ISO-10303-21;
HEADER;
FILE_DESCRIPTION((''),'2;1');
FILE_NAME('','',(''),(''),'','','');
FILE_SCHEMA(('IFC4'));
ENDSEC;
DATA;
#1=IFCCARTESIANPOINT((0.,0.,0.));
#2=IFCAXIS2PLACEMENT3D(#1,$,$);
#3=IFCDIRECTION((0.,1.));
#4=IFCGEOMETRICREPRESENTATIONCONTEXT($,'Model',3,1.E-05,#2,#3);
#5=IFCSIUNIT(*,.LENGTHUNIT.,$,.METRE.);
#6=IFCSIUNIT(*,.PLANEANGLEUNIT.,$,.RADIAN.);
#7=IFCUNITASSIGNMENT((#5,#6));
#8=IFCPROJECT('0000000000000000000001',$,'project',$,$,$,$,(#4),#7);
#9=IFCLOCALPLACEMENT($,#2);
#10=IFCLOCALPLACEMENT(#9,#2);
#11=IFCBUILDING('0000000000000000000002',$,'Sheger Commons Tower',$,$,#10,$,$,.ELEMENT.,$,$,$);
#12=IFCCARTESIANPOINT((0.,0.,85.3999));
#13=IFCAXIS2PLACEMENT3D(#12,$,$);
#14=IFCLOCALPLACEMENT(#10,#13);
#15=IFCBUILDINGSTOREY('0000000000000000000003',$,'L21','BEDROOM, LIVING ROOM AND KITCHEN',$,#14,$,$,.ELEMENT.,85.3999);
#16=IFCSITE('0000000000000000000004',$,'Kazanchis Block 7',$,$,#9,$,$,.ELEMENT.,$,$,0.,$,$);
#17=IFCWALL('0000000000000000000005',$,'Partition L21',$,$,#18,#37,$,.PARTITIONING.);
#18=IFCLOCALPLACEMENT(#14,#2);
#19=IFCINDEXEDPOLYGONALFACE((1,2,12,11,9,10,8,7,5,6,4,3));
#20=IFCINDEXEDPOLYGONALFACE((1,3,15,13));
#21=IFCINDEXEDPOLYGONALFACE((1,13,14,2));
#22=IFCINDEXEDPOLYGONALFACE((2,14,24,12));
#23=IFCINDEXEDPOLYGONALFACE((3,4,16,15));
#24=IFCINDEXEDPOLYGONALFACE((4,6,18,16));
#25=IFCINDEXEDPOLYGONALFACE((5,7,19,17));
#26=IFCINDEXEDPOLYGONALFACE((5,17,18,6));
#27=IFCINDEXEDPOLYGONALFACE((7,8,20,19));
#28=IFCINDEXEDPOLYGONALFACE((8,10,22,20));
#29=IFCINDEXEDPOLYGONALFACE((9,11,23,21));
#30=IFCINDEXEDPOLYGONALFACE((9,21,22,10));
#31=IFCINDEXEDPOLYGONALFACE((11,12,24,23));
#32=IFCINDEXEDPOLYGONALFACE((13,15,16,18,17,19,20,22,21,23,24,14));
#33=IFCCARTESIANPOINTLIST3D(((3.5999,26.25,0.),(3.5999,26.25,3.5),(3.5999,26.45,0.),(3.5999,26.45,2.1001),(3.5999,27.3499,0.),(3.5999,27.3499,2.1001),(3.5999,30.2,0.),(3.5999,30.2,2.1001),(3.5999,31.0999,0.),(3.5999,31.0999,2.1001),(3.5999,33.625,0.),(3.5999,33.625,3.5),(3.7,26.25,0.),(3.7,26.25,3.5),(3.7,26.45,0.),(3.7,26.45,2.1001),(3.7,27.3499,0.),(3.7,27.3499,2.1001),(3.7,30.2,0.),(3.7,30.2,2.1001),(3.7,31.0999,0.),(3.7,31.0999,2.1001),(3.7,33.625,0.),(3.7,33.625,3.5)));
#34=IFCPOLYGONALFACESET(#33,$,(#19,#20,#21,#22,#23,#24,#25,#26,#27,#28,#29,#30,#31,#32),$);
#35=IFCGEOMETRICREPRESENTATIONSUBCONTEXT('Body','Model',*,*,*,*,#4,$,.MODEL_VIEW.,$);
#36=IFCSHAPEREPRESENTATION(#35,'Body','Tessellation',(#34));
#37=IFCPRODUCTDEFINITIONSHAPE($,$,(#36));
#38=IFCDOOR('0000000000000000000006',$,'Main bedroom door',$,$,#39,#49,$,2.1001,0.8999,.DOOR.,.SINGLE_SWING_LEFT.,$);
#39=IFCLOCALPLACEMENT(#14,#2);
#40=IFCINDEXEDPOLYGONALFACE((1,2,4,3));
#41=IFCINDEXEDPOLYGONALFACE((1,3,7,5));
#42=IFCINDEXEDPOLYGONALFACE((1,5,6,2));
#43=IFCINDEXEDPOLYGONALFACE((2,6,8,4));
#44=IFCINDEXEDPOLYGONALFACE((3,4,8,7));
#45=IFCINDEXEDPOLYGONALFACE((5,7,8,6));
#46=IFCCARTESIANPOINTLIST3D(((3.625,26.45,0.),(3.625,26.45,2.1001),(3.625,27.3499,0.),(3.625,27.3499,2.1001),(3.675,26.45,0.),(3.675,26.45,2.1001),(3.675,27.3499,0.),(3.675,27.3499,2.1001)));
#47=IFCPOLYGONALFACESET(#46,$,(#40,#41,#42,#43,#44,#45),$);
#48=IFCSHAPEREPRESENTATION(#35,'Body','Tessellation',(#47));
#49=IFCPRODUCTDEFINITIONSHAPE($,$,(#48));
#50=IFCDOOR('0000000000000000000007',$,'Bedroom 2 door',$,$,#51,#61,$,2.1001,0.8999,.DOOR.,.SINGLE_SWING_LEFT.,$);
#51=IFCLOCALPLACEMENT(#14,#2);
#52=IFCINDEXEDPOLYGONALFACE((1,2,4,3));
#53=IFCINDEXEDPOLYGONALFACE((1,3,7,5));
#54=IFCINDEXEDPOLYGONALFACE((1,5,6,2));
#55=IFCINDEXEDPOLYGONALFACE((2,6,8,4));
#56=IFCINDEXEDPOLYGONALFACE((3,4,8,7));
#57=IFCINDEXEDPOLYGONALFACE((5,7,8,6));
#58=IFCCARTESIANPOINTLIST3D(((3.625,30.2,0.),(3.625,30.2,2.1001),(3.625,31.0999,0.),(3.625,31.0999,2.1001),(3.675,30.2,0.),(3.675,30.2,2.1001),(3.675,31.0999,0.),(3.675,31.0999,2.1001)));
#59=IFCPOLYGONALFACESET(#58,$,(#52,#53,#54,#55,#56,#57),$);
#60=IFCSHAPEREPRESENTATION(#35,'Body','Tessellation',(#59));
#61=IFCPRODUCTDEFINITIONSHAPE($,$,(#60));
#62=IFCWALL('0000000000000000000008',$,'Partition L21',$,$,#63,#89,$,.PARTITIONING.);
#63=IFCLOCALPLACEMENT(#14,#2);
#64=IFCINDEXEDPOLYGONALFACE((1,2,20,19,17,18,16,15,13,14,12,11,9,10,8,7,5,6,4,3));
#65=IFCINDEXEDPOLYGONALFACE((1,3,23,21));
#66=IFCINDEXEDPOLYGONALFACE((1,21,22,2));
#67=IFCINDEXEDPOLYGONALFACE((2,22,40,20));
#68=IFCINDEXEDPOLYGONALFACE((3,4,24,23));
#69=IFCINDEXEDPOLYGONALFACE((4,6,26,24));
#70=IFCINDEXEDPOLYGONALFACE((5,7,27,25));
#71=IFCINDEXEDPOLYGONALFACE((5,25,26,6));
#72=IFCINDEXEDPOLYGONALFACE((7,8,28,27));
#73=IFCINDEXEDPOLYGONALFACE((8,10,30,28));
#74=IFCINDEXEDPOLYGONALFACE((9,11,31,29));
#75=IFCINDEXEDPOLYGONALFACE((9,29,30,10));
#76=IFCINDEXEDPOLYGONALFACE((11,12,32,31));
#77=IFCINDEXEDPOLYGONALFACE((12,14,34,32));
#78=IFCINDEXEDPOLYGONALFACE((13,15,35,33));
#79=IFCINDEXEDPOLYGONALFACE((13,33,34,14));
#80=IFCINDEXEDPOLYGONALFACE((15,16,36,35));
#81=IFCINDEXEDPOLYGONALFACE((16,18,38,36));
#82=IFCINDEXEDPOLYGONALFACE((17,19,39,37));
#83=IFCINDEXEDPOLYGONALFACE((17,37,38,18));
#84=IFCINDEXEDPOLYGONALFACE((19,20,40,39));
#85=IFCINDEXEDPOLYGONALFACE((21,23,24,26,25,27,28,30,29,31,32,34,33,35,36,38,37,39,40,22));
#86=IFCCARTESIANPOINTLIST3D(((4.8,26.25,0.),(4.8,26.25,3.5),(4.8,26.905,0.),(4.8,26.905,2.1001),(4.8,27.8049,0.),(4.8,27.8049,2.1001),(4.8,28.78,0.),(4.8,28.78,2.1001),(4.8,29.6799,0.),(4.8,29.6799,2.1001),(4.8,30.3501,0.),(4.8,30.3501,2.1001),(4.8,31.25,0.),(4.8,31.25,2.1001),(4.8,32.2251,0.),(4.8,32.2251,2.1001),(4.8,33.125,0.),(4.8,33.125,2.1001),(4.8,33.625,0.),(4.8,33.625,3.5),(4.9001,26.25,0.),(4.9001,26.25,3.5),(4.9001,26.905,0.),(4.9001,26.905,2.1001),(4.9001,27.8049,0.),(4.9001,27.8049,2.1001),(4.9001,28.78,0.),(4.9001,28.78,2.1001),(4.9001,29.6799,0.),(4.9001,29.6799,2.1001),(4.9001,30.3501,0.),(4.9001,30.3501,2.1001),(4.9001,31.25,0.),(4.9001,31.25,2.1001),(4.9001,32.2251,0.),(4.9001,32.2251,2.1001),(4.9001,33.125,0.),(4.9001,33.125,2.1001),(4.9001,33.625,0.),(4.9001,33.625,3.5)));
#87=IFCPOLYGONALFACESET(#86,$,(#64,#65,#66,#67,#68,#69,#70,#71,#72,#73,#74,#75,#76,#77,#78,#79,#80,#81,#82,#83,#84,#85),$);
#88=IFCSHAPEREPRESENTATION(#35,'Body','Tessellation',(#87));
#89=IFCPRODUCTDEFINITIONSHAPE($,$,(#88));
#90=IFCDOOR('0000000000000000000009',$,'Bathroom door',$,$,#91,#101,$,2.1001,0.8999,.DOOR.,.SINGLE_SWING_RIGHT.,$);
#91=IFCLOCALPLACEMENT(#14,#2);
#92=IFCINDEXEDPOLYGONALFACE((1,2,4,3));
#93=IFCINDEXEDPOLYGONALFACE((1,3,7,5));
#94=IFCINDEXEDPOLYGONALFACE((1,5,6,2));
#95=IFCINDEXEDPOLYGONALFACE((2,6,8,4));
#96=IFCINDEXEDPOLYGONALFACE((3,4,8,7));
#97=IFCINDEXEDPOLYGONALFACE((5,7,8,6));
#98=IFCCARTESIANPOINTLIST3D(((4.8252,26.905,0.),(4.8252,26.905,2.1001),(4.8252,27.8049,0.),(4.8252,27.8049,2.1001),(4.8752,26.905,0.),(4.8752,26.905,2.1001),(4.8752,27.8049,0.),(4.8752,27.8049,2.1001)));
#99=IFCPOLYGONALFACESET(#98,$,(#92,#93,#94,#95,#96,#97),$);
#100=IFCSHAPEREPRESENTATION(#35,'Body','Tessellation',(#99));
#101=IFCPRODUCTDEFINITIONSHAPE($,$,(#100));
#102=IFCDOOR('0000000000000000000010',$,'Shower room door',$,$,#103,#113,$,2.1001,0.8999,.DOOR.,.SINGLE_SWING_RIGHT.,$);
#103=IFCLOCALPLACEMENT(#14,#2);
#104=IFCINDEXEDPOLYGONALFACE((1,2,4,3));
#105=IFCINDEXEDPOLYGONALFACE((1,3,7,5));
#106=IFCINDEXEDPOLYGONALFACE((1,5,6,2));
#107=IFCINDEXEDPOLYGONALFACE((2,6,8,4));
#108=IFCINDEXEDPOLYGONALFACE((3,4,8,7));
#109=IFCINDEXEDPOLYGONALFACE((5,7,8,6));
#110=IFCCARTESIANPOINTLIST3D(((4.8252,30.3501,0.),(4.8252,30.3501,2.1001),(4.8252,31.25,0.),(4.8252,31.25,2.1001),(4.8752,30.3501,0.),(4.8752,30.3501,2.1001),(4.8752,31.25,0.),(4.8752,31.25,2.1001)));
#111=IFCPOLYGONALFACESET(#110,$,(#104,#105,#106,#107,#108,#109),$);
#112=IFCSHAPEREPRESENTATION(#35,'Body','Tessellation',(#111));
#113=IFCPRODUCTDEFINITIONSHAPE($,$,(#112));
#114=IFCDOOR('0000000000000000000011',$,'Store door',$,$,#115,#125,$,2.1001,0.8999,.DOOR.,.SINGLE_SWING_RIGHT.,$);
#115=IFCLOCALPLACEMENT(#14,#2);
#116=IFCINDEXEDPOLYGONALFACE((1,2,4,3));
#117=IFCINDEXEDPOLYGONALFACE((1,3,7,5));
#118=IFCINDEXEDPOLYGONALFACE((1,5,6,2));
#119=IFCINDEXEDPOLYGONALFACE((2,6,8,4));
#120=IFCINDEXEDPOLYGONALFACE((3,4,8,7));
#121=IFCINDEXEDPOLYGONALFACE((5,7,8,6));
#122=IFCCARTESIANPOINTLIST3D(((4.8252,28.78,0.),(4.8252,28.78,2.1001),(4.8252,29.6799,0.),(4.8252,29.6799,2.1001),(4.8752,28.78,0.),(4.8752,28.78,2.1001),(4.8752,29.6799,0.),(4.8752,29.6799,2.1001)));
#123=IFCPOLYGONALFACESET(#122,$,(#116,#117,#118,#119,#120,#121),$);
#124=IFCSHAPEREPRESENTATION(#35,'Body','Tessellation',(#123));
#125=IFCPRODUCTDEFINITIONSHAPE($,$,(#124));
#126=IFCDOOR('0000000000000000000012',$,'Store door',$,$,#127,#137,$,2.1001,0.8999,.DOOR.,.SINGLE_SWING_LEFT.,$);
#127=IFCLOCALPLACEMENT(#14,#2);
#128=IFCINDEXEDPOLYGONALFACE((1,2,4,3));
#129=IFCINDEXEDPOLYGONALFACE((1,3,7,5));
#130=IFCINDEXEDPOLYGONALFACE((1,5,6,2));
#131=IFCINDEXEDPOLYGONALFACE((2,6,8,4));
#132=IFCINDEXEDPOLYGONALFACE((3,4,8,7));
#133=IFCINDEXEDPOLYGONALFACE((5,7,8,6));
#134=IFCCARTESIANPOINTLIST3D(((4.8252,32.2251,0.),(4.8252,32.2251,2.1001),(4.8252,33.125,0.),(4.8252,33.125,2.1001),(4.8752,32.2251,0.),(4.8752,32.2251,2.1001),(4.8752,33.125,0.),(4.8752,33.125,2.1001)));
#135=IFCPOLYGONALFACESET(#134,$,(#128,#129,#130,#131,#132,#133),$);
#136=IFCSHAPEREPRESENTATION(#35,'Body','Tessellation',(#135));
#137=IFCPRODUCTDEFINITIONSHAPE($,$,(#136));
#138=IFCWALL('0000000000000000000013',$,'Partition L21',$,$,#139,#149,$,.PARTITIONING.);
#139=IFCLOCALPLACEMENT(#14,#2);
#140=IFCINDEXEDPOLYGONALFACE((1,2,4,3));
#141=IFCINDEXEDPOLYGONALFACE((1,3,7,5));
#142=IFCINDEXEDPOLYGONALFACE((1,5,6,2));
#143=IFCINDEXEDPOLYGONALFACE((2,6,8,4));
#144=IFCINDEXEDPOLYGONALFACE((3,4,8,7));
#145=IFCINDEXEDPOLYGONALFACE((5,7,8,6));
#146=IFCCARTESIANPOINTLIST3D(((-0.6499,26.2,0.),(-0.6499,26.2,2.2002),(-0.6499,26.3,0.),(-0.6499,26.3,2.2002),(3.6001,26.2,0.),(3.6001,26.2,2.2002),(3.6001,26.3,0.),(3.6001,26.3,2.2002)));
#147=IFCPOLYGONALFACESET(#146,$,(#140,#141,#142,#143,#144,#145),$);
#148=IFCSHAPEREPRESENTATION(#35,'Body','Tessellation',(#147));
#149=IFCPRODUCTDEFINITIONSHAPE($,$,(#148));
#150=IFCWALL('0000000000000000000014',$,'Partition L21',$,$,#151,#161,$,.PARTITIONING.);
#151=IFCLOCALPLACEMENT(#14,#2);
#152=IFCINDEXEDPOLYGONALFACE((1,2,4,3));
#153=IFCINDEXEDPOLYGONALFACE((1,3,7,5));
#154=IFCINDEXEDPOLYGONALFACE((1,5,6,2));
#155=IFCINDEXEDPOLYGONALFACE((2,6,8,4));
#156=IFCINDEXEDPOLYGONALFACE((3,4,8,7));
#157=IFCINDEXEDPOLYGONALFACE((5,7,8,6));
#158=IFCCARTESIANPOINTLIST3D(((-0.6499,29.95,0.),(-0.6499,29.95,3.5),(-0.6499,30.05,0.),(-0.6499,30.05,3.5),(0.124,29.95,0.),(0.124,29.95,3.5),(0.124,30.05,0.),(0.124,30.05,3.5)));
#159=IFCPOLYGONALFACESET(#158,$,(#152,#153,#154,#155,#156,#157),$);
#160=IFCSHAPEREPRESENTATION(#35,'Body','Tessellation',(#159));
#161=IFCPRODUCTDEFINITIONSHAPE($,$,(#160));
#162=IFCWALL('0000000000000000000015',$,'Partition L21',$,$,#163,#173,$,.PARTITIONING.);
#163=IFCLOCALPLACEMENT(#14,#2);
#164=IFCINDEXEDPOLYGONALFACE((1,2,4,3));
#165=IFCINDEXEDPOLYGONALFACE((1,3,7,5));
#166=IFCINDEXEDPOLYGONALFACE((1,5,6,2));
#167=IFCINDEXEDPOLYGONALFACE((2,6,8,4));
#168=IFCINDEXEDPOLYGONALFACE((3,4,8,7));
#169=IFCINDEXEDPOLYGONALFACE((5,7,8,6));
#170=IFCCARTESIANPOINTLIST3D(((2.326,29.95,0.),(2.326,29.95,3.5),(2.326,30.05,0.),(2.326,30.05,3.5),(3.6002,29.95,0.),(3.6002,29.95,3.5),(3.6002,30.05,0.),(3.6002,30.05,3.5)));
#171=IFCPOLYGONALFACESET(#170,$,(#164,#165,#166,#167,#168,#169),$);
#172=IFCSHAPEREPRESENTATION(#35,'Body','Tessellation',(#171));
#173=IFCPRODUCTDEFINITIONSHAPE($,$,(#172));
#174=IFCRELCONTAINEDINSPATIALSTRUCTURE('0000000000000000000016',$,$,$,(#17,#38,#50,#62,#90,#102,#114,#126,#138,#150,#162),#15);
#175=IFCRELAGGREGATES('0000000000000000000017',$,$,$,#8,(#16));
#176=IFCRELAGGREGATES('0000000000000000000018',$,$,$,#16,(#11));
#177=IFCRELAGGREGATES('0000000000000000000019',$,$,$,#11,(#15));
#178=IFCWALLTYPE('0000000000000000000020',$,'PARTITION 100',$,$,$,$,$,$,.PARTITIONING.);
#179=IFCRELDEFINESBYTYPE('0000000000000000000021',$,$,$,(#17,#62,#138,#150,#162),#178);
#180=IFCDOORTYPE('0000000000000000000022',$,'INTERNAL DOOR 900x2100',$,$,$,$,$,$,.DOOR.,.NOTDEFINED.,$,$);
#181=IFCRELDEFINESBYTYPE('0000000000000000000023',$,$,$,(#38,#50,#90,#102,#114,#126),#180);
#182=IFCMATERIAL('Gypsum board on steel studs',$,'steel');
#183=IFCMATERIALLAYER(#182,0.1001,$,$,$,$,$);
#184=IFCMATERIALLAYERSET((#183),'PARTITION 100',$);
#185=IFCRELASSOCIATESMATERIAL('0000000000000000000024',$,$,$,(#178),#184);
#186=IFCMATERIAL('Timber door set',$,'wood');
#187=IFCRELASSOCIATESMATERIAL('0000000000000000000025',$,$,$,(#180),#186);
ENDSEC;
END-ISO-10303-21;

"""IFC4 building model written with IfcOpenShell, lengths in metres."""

from ifc_helpers import new_model, si_unit, direction, frame, frame_2d, origin, place, context, subcontext, project, spatial, rectangle, extrude, material, layer, layer_set, type_object, element, fill, save


model = new_model("IFC4")

# Units and contexts
model_context = context("Model", 3, precision=1e-05, world=origin(), true_north=direction((0.0, 1.0)))
body_context = subcontext(model_context, "Body", "Model", "MODEL_VIEW")
ifc_project = project(units=[si_unit("LENGTHUNIT", "METRE"), si_unit("PLANEANGLEUNIT", "RADIAN")], contexts=[model_context])

# Site, building, storey
site_placement = place(None, origin())
site = spatial("IfcSite", under=ifc_project, at=site_placement, Name="Kazanchis Block 7", CompositionType="ELEMENT", RefElevation=0.0)
building_placement = place(site_placement, origin())
building = spatial("IfcBuilding", under=site, at=building_placement, Name="Sheger Commons Tower", CompositionType="ELEMENT")
storey_placement = place(building_placement, frame((0.0, 0.0, 85.3999)))
storey = spatial("IfcBuildingStorey", under=building, at=storey_placement, Name="L21", Description="BEDROOM, LIVING ROOM AND KITCHEN", CompositionType="ELEMENT", Elevation=85.3999)

# Shared definitions
ifc_material_1 = material(Name="Gypsum board on steel studs", Category="steel")
ifc_layer_1 = layer(ifc_material_1, 0.1001)
ifc_layer_set_1 = layer_set([ifc_layer_1], Name="PARTITION 100")
wall_type_1 = type_object("IfcWallType", Name="PARTITION 100", PredefinedType="PARTITIONING", material=ifc_layer_set_1)

# Walls, openings, doors
wall_1_placement = place(storey_placement, frame((3.6499, 26.25, 0.0), z_axis=(0.0, 0.0, 1.0), x_axis=(0.0, 1.0, 0.0)))
wall_1 = element("IfcWall", 1, at=wall_1_placement, inside=storey, type_object=wall_type_1, Name="Partition L21", PredefinedType="PARTITIONING", context=body_context, shape_type="SweptSolid", body=[
    extrude(rectangle(XDim=7.375, YDim=0.1001, at=frame_2d((3.6875, 0.0))), origin(), (0.0, 0.0, 1.0), 3.5),
])
opening_1_placement = place(wall_1_placement, frame((0.2, 0.0, 0.0)))
opening_1 = element("IfcOpeningElement", 2, at=opening_1_placement, cuts=wall_1, PredefinedType="OPENING", context=body_context, shape_type="SweptSolid", body=[
    extrude(rectangle(XDim=0.8999, YDim=2.1001, at=frame_2d((0.45, 1.05))), frame((0.0, 0.0601, 0.0), z_axis=(0.0, -1.0, 0.0), x_axis=(1.0, 0.0, 0.0)), (0.0, 0.0, 1.0), 0.1201),
])
opening_2_placement = place(wall_1_placement, frame((3.95, 0.0, 0.0)))
opening_2 = element("IfcOpeningElement", 3, at=opening_2_placement, cuts=wall_1, PredefinedType="OPENING", context=body_context, shape_type="SweptSolid", body=[
    extrude(rectangle(XDim=0.8999, YDim=2.1001, at=frame_2d((0.45, 1.05))), frame((0.0, 0.0601, 0.0), z_axis=(0.0, -1.0, 0.0), x_axis=(1.0, 0.0, 0.0)), (0.0, 0.0, 1.0), 0.1201),
])
ifc_material_2 = material(Name="Timber door set", Category="wood")
door_type = type_object("IfcDoorType", Name="INTERNAL DOOR 900x2100", OperationType="NOTDEFINED", PredefinedType="DOOR", material=ifc_material_2)
door_1_placement = place(opening_1_placement, origin())
door_1 = element("IfcDoor", 4, at=door_1_placement, inside=storey, type_object=door_type, Name="Main bedroom door", OperationType="SINGLE_SWING_LEFT", OverallHeight=2.1001, OverallWidth=0.8999, PredefinedType="DOOR", context=body_context, shape_type="SweptSolid", body=[
    extrude(rectangle(XDim=0.8999, YDim=2.1001, at=frame_2d((0.45, 1.05))), frame((0.0, 0.0249, 0.0), z_axis=(0.0, -1.0, 0.0), x_axis=(1.0, 0.0, 0.0)), (0.0, 0.0, 1.0), 0.05),
])
fill(opening_1, door_1)
door_2_placement = place(opening_2_placement, origin())
door_2 = element("IfcDoor", 5, at=door_2_placement, inside=storey, type_object=door_type, Name="Bedroom 2 door", OperationType="SINGLE_SWING_LEFT", OverallHeight=2.1001, OverallWidth=0.8999, PredefinedType="DOOR", context=body_context, shape_type="SweptSolid", body=[
    extrude(rectangle(XDim=0.8999, YDim=2.1001, at=frame_2d((0.45, 1.05))), frame((0.0, 0.0249, 0.0), z_axis=(0.0, -1.0, 0.0), x_axis=(1.0, 0.0, 0.0)), (0.0, 0.0, 1.0), 0.05),
])
fill(opening_2, door_2)
wall_2_placement = place(storey_placement, frame((4.8501, 26.25, 0.0), z_axis=(0.0, 0.0, 1.0), x_axis=(0.0, 1.0, 0.0)))
wall_2 = element("IfcWall", 6, at=wall_2_placement, inside=storey, type_object=wall_type_1, Name="Partition L21", PredefinedType="PARTITIONING", context=body_context, shape_type="SweptSolid", body=[
    extrude(rectangle(XDim=7.375, YDim=0.1001, at=frame_2d((3.6875, 0.0))), origin(), (0.0, 0.0, 1.0), 3.5),
])
opening_3_placement = place(wall_2_placement, frame((0.655, 0.0, 0.0)))
opening_3 = element("IfcOpeningElement", 7, at=opening_3_placement, cuts=wall_2, PredefinedType="OPENING", context=body_context, shape_type="SweptSolid", body=[
    extrude(rectangle(XDim=0.8999, YDim=2.1001, at=frame_2d((0.45, 1.05))), frame((0.0, 0.0601, 0.0), z_axis=(0.0, -1.0, 0.0), x_axis=(1.0, 0.0, 0.0)), (0.0, 0.0, 1.0), 0.1201),
])
opening_4_placement = place(wall_2_placement, frame((4.1001, 0.0, 0.0)))
opening_4 = element("IfcOpeningElement", 8, at=opening_4_placement, cuts=wall_2, PredefinedType="OPENING", context=body_context, shape_type="SweptSolid", body=[
    extrude(rectangle(XDim=0.8999, YDim=2.1001, at=frame_2d((0.45, 1.05))), frame((0.0, 0.0601, 0.0), z_axis=(0.0, -1.0, 0.0), x_axis=(1.0, 0.0, 0.0)), (0.0, 0.0, 1.0), 0.1201),
])
opening_5_placement = place(wall_2_placement, frame((2.53, 0.0, 0.0)))
opening_5 = element("IfcOpeningElement", 9, at=opening_5_placement, cuts=wall_2, PredefinedType="OPENING", context=body_context, shape_type="SweptSolid", body=[
    extrude(rectangle(XDim=0.8999, YDim=2.1001, at=frame_2d((0.45, 1.05))), frame((0.0, 0.0601, 0.0), z_axis=(0.0, -1.0, 0.0), x_axis=(1.0, 0.0, 0.0)), (0.0, 0.0, 1.0), 0.1201),
])
opening_6_placement = place(wall_2_placement, frame((5.9751, 0.0, 0.0)))
opening_6 = element("IfcOpeningElement", 10, at=opening_6_placement, cuts=wall_2, PredefinedType="OPENING", context=body_context, shape_type="SweptSolid", body=[
    extrude(rectangle(XDim=0.8999, YDim=2.1001, at=frame_2d((0.45, 1.05))), frame((0.0, 0.0601, 0.0), z_axis=(0.0, -1.0, 0.0), x_axis=(1.0, 0.0, 0.0)), (0.0, 0.0, 1.0), 0.1201),
])
door_3_placement = place(opening_3_placement, origin())
door_3 = element("IfcDoor", 11, at=door_3_placement, inside=storey, type_object=door_type, Name="Bathroom door", OperationType="SINGLE_SWING_RIGHT", OverallHeight=2.1001, OverallWidth=0.8999, PredefinedType="DOOR", context=body_context, shape_type="SweptSolid", body=[
    extrude(rectangle(XDim=0.8999, YDim=2.1001, at=frame_2d((0.45, 1.05))), frame((0.0, 0.0249, 0.0), z_axis=(0.0, -1.0, 0.0), x_axis=(1.0, 0.0, 0.0)), (0.0, 0.0, 1.0), 0.05),
])
fill(opening_3, door_3)
door_4_placement = place(opening_4_placement, origin())
door_4 = element("IfcDoor", 12, at=door_4_placement, inside=storey, type_object=door_type, Name="Shower room door", OperationType="SINGLE_SWING_RIGHT", OverallHeight=2.1001, OverallWidth=0.8999, PredefinedType="DOOR", context=body_context, shape_type="SweptSolid", body=[
    extrude(rectangle(XDim=0.8999, YDim=2.1001, at=frame_2d((0.45, 1.05))), frame((0.0, 0.0249, 0.0), z_axis=(0.0, -1.0, 0.0), x_axis=(1.0, 0.0, 0.0)), (0.0, 0.0, 1.0), 0.05),
])
fill(opening_4, door_4)
door_5_placement = place(opening_5_placement, origin())
door_5 = element("IfcDoor", 13, at=door_5_placement, inside=storey, type_object=door_type, Name="Store door", OperationType="SINGLE_SWING_RIGHT", OverallHeight=2.1001, OverallWidth=0.8999, PredefinedType="DOOR", context=body_context, shape_type="SweptSolid", body=[
    extrude(rectangle(XDim=0.8999, YDim=2.1001, at=frame_2d((0.45, 1.05))), frame((0.0, 0.0249, 0.0), z_axis=(0.0, -1.0, 0.0), x_axis=(1.0, 0.0, 0.0)), (0.0, 0.0, 1.0), 0.05),
])
fill(opening_5, door_5)
door_6_placement = place(opening_6_placement, origin())
door_6 = element("IfcDoor", 14, at=door_6_placement, inside=storey, type_object=door_type, Name="Store door", OperationType="SINGLE_SWING_LEFT", OverallHeight=2.1001, OverallWidth=0.8999, PredefinedType="DOOR", context=body_context, shape_type="SweptSolid", body=[
    extrude(rectangle(XDim=0.8999, YDim=2.1001, at=frame_2d((0.45, 1.05))), frame((0.0, 0.0249, 0.0), z_axis=(0.0, -1.0, 0.0), x_axis=(1.0, 0.0, 0.0)), (0.0, 0.0, 1.0), 0.05),
])
fill(opening_6, door_6)

# Walls
wall_3_placement = place(storey_placement, frame((-0.6499, 26.25, 0.0), z_axis=(0.0, 0.0, 1.0), x_axis=(1.0, 0.0, 0.0)))
element("IfcWall", 15, at=wall_3_placement, inside=storey, type_object=wall_type_1, Name="Partition L21", PredefinedType="PARTITIONING", context=body_context, shape_type="SweptSolid", body=[
    extrude(rectangle(XDim=4.25, YDim=0.1001, at=frame_2d((2.125, 0.0))), origin(), (0.0, 0.0, 1.0), 2.2002),
])
wall_4_placement = place(storey_placement, frame((-0.6499, 30.0, 0.0), z_axis=(0.0, 0.0, 1.0), x_axis=(1.0, 0.0, 0.0)))
element("IfcWall", 16, at=wall_4_placement, inside=storey, type_object=wall_type_1, Name="Partition L21", PredefinedType="PARTITIONING", context=body_context, shape_type="SweptSolid", body=[
    extrude(rectangle(XDim=0.7739, YDim=0.1001, at=frame_2d((0.387, 0.0))), origin(), (0.0, 0.0, 1.0), 3.5),
])
wall_5_placement = place(storey_placement, frame((2.3259, 30.0, 0.0), z_axis=(0.0, 0.0, 1.0), x_axis=(1.0, 0.0, 0.0)))
element("IfcWall", 17, at=wall_5_placement, inside=storey, type_object=wall_type_1, Name="Partition L21", PredefinedType="PARTITIONING", context=body_context, shape_type="SweptSolid", body=[
    extrude(rectangle(XDim=1.2742, YDim=0.1001, at=frame_2d((0.6372, 0.0))), origin(), (0.0, 0.0, 1.0), 3.5),
])

save(model, "model.ifc")
